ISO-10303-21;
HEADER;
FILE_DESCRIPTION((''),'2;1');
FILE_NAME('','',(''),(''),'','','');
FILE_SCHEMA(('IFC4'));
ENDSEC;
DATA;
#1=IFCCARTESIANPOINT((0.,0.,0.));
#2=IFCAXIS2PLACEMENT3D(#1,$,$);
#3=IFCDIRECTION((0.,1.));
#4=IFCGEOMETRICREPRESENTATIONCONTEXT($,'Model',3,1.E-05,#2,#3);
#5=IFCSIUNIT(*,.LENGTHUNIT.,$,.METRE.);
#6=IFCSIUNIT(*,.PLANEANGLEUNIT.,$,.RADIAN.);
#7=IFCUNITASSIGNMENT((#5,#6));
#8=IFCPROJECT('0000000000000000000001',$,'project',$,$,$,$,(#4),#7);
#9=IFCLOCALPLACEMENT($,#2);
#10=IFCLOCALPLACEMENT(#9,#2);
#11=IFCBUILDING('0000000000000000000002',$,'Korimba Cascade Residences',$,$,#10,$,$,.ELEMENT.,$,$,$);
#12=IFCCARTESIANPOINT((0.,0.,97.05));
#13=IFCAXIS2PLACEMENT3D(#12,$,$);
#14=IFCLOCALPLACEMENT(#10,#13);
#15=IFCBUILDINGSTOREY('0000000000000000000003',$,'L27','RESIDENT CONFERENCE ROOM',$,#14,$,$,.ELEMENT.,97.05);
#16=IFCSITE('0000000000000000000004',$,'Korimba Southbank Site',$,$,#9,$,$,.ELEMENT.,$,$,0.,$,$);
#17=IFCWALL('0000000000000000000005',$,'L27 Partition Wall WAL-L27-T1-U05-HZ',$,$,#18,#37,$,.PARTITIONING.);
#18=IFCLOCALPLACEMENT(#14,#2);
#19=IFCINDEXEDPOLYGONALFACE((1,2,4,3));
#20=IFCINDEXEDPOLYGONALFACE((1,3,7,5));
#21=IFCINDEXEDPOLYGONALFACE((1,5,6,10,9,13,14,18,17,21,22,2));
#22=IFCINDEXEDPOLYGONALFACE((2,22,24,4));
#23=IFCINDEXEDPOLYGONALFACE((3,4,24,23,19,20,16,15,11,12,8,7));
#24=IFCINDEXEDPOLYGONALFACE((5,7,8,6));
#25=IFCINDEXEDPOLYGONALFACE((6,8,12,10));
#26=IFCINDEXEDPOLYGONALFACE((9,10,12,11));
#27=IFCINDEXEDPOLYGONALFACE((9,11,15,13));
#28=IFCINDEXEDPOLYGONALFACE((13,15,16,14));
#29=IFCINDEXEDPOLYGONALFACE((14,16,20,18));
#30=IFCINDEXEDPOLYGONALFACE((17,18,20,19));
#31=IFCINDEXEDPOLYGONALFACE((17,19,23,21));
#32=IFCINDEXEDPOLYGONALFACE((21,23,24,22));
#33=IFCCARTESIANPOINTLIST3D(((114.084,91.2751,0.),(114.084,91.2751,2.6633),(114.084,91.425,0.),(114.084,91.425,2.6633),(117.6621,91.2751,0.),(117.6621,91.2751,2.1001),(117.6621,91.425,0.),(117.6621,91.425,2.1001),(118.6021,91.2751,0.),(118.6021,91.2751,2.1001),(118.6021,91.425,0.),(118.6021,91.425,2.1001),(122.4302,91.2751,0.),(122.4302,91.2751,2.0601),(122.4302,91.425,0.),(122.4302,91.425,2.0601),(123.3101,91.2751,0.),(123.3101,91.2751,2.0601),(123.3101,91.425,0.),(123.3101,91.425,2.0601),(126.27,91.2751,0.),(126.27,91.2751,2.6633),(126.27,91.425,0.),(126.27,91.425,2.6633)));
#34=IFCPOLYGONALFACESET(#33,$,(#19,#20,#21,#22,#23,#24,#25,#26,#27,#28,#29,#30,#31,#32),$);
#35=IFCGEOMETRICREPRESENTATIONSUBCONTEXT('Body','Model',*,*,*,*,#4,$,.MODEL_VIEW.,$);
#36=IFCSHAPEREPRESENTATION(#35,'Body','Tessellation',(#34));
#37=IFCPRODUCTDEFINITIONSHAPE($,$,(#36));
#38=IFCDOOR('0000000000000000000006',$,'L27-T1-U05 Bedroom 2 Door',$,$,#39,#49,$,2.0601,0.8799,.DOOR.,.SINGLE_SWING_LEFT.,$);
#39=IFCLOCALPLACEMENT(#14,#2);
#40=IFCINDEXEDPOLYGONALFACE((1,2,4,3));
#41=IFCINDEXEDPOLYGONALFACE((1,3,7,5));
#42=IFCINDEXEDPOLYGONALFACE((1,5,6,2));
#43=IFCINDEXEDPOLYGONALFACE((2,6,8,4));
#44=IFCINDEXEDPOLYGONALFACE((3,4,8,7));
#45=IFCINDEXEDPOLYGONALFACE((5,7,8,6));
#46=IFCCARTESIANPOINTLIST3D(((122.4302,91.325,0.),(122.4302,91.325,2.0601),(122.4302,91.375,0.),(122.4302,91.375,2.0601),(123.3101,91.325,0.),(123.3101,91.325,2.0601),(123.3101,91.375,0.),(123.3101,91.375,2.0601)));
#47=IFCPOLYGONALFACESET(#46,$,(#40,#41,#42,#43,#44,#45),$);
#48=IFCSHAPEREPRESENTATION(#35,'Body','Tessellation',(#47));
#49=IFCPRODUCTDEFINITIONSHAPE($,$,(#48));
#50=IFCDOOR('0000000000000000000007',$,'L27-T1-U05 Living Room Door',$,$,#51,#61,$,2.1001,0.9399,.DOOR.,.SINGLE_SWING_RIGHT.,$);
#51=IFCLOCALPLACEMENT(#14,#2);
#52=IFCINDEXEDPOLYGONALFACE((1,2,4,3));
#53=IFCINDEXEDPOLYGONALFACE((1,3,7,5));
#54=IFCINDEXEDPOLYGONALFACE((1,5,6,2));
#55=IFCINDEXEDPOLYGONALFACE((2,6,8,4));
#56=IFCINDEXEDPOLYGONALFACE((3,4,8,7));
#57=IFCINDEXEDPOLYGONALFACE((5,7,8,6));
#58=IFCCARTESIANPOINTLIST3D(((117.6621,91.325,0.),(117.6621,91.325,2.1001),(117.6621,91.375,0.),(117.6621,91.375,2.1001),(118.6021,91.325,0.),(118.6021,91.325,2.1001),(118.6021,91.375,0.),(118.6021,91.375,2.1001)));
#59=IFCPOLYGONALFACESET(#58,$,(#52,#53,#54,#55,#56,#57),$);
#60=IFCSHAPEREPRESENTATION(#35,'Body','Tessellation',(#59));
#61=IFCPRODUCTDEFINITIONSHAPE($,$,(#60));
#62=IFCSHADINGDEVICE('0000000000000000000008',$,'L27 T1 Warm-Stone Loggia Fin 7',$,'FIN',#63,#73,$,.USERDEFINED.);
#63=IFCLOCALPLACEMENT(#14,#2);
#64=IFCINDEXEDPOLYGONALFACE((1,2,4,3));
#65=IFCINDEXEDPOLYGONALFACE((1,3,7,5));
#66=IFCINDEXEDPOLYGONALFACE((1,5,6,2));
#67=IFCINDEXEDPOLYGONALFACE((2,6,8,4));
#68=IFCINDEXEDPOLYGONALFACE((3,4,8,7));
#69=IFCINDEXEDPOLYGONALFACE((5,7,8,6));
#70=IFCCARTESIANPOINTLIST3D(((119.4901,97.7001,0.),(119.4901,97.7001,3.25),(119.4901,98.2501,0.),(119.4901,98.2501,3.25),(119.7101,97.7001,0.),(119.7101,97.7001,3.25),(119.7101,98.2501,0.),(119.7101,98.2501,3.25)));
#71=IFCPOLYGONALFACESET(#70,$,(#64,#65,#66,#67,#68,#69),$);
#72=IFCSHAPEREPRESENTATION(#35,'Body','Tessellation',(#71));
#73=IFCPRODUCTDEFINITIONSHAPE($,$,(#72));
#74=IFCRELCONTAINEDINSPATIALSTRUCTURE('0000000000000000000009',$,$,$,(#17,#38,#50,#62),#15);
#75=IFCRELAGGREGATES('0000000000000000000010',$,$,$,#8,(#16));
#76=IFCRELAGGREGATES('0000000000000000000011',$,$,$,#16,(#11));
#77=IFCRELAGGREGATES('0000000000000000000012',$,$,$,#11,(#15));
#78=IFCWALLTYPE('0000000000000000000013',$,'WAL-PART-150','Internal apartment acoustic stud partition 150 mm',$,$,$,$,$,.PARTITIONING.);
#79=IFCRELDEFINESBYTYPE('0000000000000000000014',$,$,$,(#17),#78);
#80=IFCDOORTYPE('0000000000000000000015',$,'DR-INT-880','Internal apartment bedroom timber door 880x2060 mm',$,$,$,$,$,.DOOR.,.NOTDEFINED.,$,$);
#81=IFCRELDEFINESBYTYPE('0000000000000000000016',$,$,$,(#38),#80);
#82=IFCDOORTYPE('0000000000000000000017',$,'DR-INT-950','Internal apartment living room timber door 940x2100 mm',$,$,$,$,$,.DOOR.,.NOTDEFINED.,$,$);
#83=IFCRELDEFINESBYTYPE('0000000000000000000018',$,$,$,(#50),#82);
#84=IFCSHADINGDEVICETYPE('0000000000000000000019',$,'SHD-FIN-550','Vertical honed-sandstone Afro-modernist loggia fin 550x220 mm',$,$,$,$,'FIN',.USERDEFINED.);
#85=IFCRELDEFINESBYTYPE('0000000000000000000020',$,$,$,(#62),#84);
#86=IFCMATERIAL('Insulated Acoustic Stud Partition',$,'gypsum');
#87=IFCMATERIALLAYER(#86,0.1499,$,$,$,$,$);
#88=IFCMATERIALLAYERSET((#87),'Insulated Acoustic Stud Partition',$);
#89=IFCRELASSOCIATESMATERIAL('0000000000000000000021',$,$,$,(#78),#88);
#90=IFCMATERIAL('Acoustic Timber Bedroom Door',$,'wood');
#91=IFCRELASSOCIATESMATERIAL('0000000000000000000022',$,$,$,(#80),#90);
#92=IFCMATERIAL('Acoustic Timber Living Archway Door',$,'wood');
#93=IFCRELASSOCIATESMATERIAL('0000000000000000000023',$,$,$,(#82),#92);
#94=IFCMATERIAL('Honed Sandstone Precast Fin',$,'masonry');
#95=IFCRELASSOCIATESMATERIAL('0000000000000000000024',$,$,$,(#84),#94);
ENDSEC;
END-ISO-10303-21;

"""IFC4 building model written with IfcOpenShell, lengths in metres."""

from ifc_helpers import new_model, si_unit, direction, frame, frame_2d, origin, origin_2d, place, context, subcontext, project, spatial, rectangle, extrude, material, layer, layer_set, type_object, element, fill, save


model = new_model("IFC4")

# Units and contexts
model_context = context("Model", 3, precision=1e-05, world=origin(), true_north=direction((0.0, 1.0)))
body_context = subcontext(model_context, "Body", "Model", "MODEL_VIEW")
ifc_project = project(units=[si_unit("LENGTHUNIT", "METRE"), si_unit("PLANEANGLEUNIT", "RADIAN")], contexts=[model_context])

# Site, building, storey
site_placement = place(None, origin())
site = spatial("IfcSite", under=ifc_project, at=site_placement, Name="Korimba Southbank Site", CompositionType="ELEMENT", RefElevation=0.0)
building_placement = place(site_placement, origin())
building = spatial("IfcBuilding", under=site, at=building_placement, Name="Korimba Cascade Residences", CompositionType="ELEMENT")
storey_placement = place(building_placement, frame((0.0, 0.0, 97.05)))
storey = spatial("IfcBuildingStorey", under=building, at=storey_placement, Name="L27", Description="RESIDENT CONFERENCE ROOM", CompositionType="ELEMENT", Elevation=97.05)

# Shared definitions
ifc_material_1 = material(Name="Insulated Acoustic Stud Partition", Category="gypsum")
ifc_layer = layer(ifc_material_1, 0.1499)
ifc_layer_set = layer_set([ifc_layer], Name="Insulated Acoustic Stud Partition")
wall_type = type_object("IfcWallType", Name="WAL-PART-150", Description="Internal apartment acoustic stud partition 150 mm", PredefinedType="PARTITIONING", material=ifc_layer_set)

# Wall, openings, doors
wall_1_placement = place(storey_placement, frame((114.084, 91.3501, 0.0), z_axis=(0.0, 0.0, 1.0), x_axis=(1.0, 0.0, 0.0)))
wall_1 = element("IfcWall", 1, at=wall_1_placement, inside=storey, type_object=wall_type, Name="L27 Partition Wall WAL-L27-T1-U05-HZ", PredefinedType="PARTITIONING", context=body_context, shape_type="SweptSolid", body=[
    extrude(rectangle(XDim=12.186, YDim=0.1499, at=frame_2d((6.093, 0.0))), origin(), (0.0, 0.0, 1.0), 2.6633),
])
opening_1_placement = place(wall_1_placement, frame((3.5781, 0.0, 0.0)))
opening_1 = element("IfcOpeningElement", 2, at=opening_1_placement, cuts=wall_1, PredefinedType="OPENING", context=body_context, shape_type="SweptSolid", body=[
    extrude(rectangle(XDim=0.9399, YDim=2.1001, at=frame_2d((0.47, 1.05))), frame((0.0, 0.085, 0.0), z_axis=(0.0, -1.0, 0.0), x_axis=(1.0, 0.0, 0.0)), (0.0, 0.0, 1.0), 0.1699),
])
opening_2_placement = place(wall_1_placement, frame((8.3462, 0.0, 0.0)))
opening_2 = element("IfcOpeningElement", 3, at=opening_2_placement, cuts=wall_1, PredefinedType="OPENING", context=body_context, shape_type="SweptSolid", body=[
    extrude(rectangle(XDim=0.8799, YDim=2.0601, at=frame_2d((0.4399, 1.03))), frame((0.0, 0.085, 0.0), z_axis=(0.0, -1.0, 0.0), x_axis=(1.0, 0.0, 0.0)), (0.0, 0.0, 1.0), 0.1699),
])
ifc_material_2 = material(Name="Acoustic Timber Bedroom Door", Category="wood")
door_type_1 = type_object("IfcDoorType", Name="DR-INT-880", Description="Internal apartment bedroom timber door 880x2060 mm", OperationType="NOTDEFINED", PredefinedType="DOOR", material=ifc_material_2)
door_1_placement = place(opening_2_placement, origin())
door_1 = element("IfcDoor", 4, at=door_1_placement, inside=storey, type_object=door_type_1, Name="L27-T1-U05 Bedroom 2 Door", OperationType="SINGLE_SWING_LEFT", OverallHeight=2.0601, OverallWidth=0.8799, PredefinedType="DOOR", context=body_context, shape_type="SweptSolid", body=[
    extrude(rectangle(XDim=0.8799, YDim=2.0601, at=frame_2d((0.4399, 1.03))), frame((0.0, 0.0249, 0.0), z_axis=(0.0, -1.0, 0.0), x_axis=(1.0, 0.0, 0.0)), (0.0, 0.0, 1.0), 0.05),
])
fill(opening_2, door_1)
ifc_material_3 = material(Name="Acoustic Timber Living Archway Door", Category="wood")
door_type_2 = type_object("IfcDoorType", Name="DR-INT-950", Description="Internal apartment living room timber door 940x2100 mm", OperationType="NOTDEFINED", PredefinedType="DOOR", material=ifc_material_3)
door_2_placement = place(opening_1_placement, origin())
door_2 = element("IfcDoor", 5, at=door_2_placement, inside=storey, type_object=door_type_2, Name="L27-T1-U05 Living Room Door", OperationType="SINGLE_SWING_RIGHT", OverallHeight=2.1001, OverallWidth=0.9399, PredefinedType="DOOR", context=body_context, shape_type="SweptSolid", body=[
    extrude(rectangle(XDim=0.9399, YDim=2.1001, at=frame_2d((0.47, 1.05))), frame((0.0, 0.0249, 0.0), z_axis=(0.0, -1.0, 0.0), x_axis=(1.0, 0.0, 0.0)), (0.0, 0.0, 1.0), 0.05),
])
fill(opening_1, door_2)

# Shading device
ifc_material_4 = material(Name="Honed Sandstone Precast Fin", Category="masonry")
shading_device_type = type_object("IfcShadingDeviceType", Name="SHD-FIN-550", Description="Vertical honed-sandstone Afro-modernist loggia fin 550x220 mm", ElementType="FIN", PredefinedType="USERDEFINED", material=ifc_material_4)
shading_device_placement = place(storey_placement, frame((119.6001, 97.9751, 0.0), z_axis=(0.0, 0.0, 1.0), x_axis=(1.0, 0.0, 0.0)))
element("IfcShadingDevice", 6, at=shading_device_placement, inside=storey, type_object=shading_device_type, Name="L27 T1 Warm-Stone Loggia Fin 7", ObjectType="FIN", PredefinedType="USERDEFINED", context=body_context, shape_type="SweptSolid", body=[
    extrude(rectangle(XDim=0.22, YDim=0.55, at=origin_2d()), origin(), (0.0, 0.0, 1.0), 3.25),
])

save(model, "model.ifc")
